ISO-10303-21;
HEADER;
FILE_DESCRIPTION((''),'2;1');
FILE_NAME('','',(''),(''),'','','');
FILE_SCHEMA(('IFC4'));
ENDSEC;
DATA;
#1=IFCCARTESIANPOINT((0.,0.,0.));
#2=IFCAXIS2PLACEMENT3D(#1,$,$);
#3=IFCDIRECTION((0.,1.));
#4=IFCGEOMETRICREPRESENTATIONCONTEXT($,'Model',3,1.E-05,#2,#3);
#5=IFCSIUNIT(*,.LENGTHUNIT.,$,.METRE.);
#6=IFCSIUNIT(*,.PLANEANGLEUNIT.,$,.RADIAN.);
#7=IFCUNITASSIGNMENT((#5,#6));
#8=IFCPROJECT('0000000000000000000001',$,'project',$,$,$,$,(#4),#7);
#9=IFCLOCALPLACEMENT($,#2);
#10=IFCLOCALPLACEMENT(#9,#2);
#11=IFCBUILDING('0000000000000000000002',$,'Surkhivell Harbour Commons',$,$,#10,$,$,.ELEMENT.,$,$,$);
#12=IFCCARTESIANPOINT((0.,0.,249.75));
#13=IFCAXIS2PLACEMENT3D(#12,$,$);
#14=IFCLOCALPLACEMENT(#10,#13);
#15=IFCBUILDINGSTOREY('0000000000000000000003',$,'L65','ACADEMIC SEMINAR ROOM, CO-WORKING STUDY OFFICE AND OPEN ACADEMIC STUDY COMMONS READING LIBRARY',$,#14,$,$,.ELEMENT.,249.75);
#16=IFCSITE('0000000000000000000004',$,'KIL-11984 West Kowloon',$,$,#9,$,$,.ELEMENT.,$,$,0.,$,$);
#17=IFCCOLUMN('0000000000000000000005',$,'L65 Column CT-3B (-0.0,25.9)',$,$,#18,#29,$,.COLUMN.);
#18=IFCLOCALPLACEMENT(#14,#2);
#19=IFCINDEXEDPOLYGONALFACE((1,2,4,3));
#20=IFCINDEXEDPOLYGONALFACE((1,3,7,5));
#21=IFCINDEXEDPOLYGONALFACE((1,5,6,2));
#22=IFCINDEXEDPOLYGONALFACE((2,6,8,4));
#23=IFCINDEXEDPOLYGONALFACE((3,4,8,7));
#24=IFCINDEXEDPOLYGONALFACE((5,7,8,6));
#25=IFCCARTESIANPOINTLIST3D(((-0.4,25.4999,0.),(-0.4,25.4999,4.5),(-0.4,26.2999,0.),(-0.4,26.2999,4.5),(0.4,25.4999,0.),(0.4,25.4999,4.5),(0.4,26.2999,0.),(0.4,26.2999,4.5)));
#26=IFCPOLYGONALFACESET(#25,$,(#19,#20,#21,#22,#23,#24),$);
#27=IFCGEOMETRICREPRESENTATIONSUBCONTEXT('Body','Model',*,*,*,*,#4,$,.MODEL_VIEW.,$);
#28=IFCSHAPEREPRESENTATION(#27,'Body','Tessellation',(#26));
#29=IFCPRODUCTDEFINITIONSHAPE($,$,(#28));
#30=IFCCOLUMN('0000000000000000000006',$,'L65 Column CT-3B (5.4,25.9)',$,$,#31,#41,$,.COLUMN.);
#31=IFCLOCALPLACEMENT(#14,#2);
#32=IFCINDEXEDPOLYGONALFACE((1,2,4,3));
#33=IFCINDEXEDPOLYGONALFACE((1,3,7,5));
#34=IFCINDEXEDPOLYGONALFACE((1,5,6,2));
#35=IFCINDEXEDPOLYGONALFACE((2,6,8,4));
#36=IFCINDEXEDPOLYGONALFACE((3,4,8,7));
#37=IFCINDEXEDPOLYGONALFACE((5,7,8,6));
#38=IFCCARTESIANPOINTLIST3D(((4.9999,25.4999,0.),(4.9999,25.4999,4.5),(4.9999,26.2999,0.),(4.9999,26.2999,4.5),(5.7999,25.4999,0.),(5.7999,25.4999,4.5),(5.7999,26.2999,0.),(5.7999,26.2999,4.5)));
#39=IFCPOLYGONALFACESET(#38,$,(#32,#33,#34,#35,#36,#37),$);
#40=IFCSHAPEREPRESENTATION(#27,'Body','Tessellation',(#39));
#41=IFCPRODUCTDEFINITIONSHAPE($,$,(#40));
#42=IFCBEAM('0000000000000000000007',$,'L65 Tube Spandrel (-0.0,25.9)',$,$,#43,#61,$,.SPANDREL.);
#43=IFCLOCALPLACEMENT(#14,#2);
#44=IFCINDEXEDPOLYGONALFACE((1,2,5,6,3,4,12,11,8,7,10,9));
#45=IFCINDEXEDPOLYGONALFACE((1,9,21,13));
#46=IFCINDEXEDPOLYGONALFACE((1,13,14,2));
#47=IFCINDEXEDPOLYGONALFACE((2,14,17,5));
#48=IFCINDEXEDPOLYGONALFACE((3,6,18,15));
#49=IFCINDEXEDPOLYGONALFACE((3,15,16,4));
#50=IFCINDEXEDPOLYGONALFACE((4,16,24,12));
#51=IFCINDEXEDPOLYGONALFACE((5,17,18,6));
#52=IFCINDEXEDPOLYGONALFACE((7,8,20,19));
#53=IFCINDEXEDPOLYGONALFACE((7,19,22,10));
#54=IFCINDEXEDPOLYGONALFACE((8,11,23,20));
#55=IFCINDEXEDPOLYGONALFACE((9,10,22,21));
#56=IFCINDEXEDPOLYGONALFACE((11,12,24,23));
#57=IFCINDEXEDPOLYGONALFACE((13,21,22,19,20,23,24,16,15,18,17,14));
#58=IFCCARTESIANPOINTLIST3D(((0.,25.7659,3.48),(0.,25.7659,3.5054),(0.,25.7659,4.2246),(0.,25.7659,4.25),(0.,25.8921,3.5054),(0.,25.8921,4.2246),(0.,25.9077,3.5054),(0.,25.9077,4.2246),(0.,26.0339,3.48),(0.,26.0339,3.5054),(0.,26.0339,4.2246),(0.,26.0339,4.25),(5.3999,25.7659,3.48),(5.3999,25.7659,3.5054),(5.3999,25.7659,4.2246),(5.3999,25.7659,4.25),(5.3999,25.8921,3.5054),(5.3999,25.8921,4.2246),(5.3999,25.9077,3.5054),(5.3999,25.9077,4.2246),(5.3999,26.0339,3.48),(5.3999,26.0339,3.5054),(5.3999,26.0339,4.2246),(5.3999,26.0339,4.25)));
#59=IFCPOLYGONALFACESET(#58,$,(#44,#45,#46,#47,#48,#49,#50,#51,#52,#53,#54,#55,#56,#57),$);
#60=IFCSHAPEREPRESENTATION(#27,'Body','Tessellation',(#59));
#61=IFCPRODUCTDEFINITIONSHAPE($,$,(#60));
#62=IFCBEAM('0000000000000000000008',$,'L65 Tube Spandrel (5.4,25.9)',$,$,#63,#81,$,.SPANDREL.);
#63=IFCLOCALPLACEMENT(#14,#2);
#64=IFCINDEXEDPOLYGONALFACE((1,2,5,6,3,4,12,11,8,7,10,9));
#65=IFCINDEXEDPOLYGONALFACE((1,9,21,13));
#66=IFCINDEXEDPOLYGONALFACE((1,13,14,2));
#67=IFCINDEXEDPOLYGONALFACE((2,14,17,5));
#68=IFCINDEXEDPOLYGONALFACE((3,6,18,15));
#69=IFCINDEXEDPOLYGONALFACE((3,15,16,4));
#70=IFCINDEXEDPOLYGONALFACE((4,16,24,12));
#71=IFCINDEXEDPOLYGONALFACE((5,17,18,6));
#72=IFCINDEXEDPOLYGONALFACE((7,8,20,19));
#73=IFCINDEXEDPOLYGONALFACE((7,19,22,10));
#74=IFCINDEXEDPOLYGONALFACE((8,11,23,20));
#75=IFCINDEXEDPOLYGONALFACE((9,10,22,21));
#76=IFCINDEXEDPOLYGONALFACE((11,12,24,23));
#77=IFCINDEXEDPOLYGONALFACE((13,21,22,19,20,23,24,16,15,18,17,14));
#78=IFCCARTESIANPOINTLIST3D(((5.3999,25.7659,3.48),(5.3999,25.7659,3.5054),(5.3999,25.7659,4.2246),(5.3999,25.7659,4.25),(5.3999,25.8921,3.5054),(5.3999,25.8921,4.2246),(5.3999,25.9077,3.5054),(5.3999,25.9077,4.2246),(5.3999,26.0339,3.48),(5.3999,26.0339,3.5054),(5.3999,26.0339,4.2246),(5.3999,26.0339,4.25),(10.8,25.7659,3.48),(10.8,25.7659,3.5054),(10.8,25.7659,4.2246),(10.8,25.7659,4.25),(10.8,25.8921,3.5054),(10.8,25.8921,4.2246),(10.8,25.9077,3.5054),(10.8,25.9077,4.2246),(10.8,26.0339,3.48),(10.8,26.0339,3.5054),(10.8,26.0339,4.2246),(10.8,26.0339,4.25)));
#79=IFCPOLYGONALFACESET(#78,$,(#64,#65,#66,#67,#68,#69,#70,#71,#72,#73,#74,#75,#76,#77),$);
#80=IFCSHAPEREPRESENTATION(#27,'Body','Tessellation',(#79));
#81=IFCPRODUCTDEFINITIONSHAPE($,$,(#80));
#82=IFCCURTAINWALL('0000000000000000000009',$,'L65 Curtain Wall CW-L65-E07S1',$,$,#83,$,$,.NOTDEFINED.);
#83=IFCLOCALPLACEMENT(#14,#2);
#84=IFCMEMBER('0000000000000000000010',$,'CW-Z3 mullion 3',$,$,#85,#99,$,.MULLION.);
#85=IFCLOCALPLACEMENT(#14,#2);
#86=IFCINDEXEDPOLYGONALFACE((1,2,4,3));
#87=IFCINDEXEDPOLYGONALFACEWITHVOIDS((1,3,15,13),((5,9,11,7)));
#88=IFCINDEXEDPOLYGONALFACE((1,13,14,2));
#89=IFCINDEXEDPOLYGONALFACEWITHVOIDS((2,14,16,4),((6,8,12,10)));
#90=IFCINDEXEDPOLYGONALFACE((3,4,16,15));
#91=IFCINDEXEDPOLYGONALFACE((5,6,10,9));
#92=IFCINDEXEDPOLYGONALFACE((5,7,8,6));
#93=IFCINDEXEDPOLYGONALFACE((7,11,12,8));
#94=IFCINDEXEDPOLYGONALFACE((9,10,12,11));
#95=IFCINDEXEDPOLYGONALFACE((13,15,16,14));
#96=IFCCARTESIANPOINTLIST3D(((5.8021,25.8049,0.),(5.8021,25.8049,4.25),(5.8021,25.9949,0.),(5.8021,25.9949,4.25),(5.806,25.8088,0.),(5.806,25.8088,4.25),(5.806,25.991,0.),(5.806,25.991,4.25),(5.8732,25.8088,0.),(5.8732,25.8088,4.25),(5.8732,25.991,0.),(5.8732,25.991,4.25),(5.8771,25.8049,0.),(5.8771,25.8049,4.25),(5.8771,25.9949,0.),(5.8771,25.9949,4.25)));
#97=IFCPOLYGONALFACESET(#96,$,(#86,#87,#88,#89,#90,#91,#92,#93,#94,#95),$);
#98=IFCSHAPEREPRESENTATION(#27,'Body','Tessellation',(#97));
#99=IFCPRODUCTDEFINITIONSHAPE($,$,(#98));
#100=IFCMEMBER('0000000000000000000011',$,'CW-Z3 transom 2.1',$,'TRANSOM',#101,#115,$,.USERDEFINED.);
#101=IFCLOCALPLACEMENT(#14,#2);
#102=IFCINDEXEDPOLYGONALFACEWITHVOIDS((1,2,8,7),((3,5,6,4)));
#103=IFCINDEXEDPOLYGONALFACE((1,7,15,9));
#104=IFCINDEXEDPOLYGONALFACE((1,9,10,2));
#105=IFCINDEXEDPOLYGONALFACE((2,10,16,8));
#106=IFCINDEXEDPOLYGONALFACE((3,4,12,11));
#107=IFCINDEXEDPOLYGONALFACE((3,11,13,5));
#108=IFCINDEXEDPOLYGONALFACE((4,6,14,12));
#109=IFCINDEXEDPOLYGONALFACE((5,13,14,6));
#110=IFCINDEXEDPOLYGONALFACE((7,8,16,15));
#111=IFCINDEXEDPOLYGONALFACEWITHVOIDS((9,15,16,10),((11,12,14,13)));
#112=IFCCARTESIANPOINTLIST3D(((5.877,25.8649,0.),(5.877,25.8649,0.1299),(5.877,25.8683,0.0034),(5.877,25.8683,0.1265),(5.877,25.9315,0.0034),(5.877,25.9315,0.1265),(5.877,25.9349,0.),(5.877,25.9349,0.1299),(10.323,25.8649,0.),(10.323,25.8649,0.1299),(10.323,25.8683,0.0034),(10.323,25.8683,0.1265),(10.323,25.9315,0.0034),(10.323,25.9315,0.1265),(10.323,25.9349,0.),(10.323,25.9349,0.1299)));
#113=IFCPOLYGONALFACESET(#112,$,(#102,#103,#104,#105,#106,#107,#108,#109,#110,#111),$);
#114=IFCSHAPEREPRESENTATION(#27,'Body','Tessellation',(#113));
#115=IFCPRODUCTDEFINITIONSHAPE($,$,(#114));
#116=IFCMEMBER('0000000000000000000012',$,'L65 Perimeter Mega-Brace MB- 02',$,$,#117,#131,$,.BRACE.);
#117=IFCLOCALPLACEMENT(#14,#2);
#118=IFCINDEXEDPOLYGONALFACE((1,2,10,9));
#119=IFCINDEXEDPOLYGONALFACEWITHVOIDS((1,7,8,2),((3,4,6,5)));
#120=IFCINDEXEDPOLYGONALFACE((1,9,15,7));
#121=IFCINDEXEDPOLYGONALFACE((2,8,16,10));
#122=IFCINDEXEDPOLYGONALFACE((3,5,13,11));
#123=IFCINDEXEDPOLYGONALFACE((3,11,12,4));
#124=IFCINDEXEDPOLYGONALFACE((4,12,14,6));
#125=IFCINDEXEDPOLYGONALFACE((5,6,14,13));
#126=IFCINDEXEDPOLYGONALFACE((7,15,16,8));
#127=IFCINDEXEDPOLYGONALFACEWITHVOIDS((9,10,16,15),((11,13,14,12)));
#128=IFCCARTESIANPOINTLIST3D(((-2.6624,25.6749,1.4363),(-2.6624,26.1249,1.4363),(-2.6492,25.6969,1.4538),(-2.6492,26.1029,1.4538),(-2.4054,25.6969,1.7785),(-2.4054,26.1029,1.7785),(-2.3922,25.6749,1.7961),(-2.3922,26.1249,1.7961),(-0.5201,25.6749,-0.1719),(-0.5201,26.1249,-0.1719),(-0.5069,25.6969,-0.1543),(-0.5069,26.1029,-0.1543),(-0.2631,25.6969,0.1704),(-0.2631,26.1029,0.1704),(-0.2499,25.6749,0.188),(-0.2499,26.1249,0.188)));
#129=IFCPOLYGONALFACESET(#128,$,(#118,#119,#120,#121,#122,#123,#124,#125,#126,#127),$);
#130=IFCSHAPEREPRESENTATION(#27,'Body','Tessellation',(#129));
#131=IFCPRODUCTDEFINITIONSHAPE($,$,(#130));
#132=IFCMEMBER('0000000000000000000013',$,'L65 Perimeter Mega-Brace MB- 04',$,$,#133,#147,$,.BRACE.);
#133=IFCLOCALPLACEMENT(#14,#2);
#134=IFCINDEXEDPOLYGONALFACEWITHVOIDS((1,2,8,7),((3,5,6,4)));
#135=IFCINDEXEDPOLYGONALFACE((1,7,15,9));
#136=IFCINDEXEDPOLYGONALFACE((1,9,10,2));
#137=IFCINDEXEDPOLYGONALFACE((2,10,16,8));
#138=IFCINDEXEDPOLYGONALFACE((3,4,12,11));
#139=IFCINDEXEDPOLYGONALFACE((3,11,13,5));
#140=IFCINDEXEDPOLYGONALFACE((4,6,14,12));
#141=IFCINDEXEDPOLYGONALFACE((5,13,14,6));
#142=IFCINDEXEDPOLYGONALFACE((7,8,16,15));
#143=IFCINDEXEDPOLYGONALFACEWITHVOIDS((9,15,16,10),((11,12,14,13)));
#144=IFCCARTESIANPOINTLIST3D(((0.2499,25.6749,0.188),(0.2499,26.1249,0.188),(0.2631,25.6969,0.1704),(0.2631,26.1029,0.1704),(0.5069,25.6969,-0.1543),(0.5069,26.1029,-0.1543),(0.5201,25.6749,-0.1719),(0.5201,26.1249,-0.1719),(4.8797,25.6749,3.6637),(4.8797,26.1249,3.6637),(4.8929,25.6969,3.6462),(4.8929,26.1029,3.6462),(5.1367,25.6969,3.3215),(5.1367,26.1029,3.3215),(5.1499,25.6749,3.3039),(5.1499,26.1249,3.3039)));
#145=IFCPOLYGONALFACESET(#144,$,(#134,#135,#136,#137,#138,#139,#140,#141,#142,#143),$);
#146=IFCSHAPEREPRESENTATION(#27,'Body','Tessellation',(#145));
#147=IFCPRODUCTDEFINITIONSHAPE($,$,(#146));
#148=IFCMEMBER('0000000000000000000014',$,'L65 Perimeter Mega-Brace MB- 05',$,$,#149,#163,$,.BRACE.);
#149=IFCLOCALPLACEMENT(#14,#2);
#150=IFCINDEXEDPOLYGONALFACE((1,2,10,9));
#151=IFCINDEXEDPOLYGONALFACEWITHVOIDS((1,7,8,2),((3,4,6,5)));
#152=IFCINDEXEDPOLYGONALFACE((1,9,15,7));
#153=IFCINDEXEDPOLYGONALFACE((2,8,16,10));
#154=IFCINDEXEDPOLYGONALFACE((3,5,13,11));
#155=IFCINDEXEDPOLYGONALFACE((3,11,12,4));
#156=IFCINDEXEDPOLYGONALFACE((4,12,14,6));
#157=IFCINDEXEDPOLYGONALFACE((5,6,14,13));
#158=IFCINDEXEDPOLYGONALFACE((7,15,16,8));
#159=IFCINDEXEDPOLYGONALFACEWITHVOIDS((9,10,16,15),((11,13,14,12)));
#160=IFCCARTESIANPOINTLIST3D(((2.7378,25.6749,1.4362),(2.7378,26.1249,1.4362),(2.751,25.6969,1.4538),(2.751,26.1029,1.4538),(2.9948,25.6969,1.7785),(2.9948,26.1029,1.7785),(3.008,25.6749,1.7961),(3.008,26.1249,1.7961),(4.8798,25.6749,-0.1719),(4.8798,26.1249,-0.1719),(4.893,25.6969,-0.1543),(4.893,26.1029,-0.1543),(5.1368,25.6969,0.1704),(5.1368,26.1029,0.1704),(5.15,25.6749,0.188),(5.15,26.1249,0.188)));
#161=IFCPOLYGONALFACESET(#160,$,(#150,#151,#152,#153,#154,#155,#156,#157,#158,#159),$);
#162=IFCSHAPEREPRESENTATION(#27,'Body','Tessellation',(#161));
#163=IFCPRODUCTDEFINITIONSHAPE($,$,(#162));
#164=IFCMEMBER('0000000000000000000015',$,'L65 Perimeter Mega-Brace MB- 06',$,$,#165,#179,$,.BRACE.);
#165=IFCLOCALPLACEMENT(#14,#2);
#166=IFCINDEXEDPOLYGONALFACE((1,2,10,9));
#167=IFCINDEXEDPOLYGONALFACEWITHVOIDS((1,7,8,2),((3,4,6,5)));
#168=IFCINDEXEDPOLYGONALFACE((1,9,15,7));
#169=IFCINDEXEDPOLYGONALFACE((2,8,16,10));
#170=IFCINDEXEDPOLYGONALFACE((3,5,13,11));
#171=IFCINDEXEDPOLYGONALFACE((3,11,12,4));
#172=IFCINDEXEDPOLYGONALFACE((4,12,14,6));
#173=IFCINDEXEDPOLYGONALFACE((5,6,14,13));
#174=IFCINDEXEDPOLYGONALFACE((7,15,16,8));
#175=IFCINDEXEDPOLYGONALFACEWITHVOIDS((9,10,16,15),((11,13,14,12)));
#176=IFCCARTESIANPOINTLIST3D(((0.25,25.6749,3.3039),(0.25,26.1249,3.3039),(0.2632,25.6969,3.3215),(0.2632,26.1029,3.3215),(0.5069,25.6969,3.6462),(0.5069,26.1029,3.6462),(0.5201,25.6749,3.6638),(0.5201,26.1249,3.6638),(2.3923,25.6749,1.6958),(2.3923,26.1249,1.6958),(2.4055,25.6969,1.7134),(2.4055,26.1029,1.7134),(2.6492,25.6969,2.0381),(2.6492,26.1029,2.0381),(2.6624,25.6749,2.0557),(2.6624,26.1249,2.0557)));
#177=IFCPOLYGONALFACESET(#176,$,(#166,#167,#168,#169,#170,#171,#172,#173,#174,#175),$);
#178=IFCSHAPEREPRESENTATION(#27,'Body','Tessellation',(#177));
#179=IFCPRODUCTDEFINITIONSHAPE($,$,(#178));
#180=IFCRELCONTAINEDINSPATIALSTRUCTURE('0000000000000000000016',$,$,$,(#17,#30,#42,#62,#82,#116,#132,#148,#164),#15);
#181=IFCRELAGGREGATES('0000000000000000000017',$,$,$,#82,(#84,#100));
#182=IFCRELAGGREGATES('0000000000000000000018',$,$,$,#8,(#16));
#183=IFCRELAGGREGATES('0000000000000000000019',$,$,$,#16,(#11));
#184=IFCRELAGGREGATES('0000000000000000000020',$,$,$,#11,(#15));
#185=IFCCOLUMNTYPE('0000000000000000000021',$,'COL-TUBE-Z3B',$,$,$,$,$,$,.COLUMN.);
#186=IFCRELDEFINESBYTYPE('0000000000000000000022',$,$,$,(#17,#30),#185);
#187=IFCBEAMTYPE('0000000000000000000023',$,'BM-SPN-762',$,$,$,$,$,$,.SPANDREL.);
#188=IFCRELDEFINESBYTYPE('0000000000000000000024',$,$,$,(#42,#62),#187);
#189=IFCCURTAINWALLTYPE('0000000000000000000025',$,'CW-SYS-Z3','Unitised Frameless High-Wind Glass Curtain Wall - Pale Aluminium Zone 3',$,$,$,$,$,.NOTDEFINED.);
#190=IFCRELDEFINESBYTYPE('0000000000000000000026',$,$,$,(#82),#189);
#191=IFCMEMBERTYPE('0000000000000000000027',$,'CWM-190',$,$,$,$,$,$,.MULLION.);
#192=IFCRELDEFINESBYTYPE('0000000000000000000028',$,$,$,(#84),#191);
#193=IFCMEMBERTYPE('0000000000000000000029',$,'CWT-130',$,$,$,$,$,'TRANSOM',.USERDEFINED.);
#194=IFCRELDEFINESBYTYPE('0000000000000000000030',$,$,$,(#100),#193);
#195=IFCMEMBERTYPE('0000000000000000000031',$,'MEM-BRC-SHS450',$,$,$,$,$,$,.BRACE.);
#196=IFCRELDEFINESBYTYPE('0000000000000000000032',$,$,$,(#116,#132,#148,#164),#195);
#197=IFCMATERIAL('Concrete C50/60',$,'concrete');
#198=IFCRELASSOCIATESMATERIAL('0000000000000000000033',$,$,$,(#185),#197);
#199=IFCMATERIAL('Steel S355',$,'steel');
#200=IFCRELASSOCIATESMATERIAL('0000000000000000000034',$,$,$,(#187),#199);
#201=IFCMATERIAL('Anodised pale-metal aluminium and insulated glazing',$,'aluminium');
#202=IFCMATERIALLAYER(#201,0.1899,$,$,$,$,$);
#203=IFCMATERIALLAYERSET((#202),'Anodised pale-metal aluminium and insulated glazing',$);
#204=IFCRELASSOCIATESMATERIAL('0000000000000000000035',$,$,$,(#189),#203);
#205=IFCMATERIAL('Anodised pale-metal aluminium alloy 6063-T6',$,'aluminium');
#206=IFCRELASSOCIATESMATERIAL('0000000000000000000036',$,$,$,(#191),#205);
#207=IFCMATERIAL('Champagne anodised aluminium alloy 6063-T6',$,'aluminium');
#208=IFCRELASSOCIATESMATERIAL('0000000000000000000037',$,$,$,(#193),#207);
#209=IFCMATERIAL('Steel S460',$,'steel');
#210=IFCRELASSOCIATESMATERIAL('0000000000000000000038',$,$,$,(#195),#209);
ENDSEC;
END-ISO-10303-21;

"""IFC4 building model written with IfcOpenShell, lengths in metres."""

from ifc_helpers import new_model, si_unit, direction, frame, origin, origin_2d, place, context, subcontext, project, spatial, rectangle, hollow_rectangle, i_section, extrude, material, layer, layer_set, material_profile, profile_set, type_object, element, aggregate, save


model = new_model("IFC4")

# Units and contexts
model_context = context("Model", 3, precision=1e-05, world=origin(), true_north=direction((0.0, 1.0)))
body_context = subcontext(model_context, "Body", "Model", "MODEL_VIEW")
ifc_project = project(units=[si_unit("LENGTHUNIT", "METRE"), si_unit("PLANEANGLEUNIT", "RADIAN")], contexts=[model_context])

# Site, building, storey
site_placement = place(None, origin())
site = spatial("IfcSite", under=ifc_project, at=site_placement, Name="KIL-11984 West Kowloon", CompositionType="ELEMENT", RefElevation=0.0)
building_placement = place(site_placement, origin())
building = spatial("IfcBuilding", under=site, at=building_placement, Name="Surkhivell Harbour Commons", CompositionType="ELEMENT")
storey_placement = place(building_placement, frame((0.0, 0.0, 249.75)))
storey = spatial("IfcBuildingStorey", under=building, at=storey_placement, Name="L65", Description="ACADEMIC SEMINAR ROOM, CO-WORKING STUDY OFFICE AND OPEN ACADEMIC STUDY COMMONS READING LIBRARY", CompositionType="ELEMENT", Elevation=249.75)

# Columns
ifc_material_1 = material(Name="Concrete C50/60", Category="concrete")
ifc_material_profile_1 = material_profile(ifc_material_1, rectangle(XDim=0.8, YDim=0.8, at=origin_2d()), Name="RC-COL-800x800")
ifc_profile_set_1 = profile_set([ifc_material_profile_1], Name="Concrete C50/60")
column_type = type_object("IfcColumnType", Name="COL-TUBE-Z3B", PredefinedType="COLUMN", material=ifc_profile_set_1)
for number, where, z_axis, x_axis, name in (
    (1, (0.0, 25.8999, 0.0), (0.0, 0.0, 1.0), (1.0, 0.0, 0.0), "L65 Column CT-3B (-0.0,25.9)"),
    (2, (5.3999, 25.8999, 0.0), (0.0, 0.0, 1.0), (1.0, 0.0, 0.0), "L65 Column CT-3B (5.4,25.9)"),
):
    element("IfcColumn", number, at=place(storey_placement, frame(where, z_axis=z_axis, x_axis=x_axis)), inside=storey, type_object=column_type, Name=name, PredefinedType="COLUMN", context=body_context, shape_type="SweptSolid", body=[
        extrude(rectangle(XDim=0.8, YDim=0.8, at=origin_2d()), origin(), (0.0, 0.0, 1.0), 4.5),
    ])

# Beams
ifc_material_2 = material(Name="Steel S355", Category="steel")
ifc_material_profile_2 = material_profile(ifc_material_2, i_section(OverallWidth=0.2681, OverallDepth=0.77, WebThickness=0.0156, FlangeThickness=0.0254, at=origin_2d()), Name="UB762x267x197")
ifc_profile_set_2 = profile_set([ifc_material_profile_2], Name="Steel S355")
beam_type = type_object("IfcBeamType", Name="BM-SPN-762", PredefinedType="SPANDREL", material=ifc_profile_set_2)
beam_1_placement = place(storey_placement, frame((0.0, 25.8999, 3.865), z_axis=(1.0, 0.0, 0.0), x_axis=(0.0, 1.0, 0.0)))
element("IfcBeam", 3, at=beam_1_placement, inside=storey, type_object=beam_type, Name="L65 Tube Spandrel (-0.0,25.9)", PredefinedType="SPANDREL", context=body_context, shape_type="SweptSolid", body=[
    extrude(i_section(OverallWidth=0.2681, OverallDepth=0.77, WebThickness=0.0156, FlangeThickness=0.0254, at=origin_2d()), origin(), (0.0, 0.0, 1.0), 5.3999),
])
beam_2_placement = place(storey_placement, frame((5.3999, 25.8999, 3.865), z_axis=(1.0, 0.0, 0.0), x_axis=(0.0, 1.0, 0.0)))
element("IfcBeam", 4, at=beam_2_placement, inside=storey, type_object=beam_type, Name="L65 Tube Spandrel (5.4,25.9)", PredefinedType="SPANDREL", context=body_context, shape_type="SweptSolid", body=[
    extrude(i_section(OverallWidth=0.2681, OverallDepth=0.77, WebThickness=0.0156, FlangeThickness=0.0254, at=origin_2d()), origin(), (0.0, 0.0, 1.0), 5.4001),
])

# Curtain wall, members
ifc_material_3 = material(Name="Anodised pale-metal aluminium and insulated glazing", Category="aluminium")
ifc_layer_1 = layer(ifc_material_3, 0.1899)
ifc_layer_set_1 = layer_set([ifc_layer_1], Name="Anodised pale-metal aluminium and insulated glazing")
curtain_wall_type = type_object("IfcCurtainWallType", Name="CW-SYS-Z3", Description="Unitised Frameless High-Wind Glass Curtain Wall - Pale Aluminium Zone 3", PredefinedType="NOTDEFINED", material=ifc_layer_set_1)
curtain_wall_placement = place(storey_placement, origin())
curtain_wall = element("IfcCurtainWall", 5, at=curtain_wall_placement, inside=storey, type_object=curtain_wall_type, Name="L65 Curtain Wall CW-L65-E07S1", PredefinedType="NOTDEFINED")
ifc_material_4 = material(Name="Anodised pale-metal aluminium alloy 6063-T6", Category="aluminium")
ifc_material_profile_3 = material_profile(ifc_material_4, hollow_rectangle(XDim=0.075, YDim=0.1899, WallThickness=0.0039, at=origin_2d()), Name="ALU-MULL-75x190")
ifc_profile_set_3 = profile_set([ifc_material_profile_3], Name="Anodised pale-metal aluminium alloy 6063-T6")
member_type_1 = type_object("IfcMemberType", Name="CWM-190", PredefinedType="MULLION", material=ifc_profile_set_3)
member_1_placement = place(storey_placement, frame((5.8396, 25.8999, 0.0), z_axis=(0.0, 0.0, 1.0), x_axis=(-1.0, 0.0, 0.0)))
member_1 = element("IfcMember", 6, at=member_1_placement, type_object=member_type_1, Name="CW-Z3 mullion 3", PredefinedType="MULLION", context=body_context, shape_type="SweptSolid", body=[
    extrude(hollow_rectangle(XDim=0.075, YDim=0.1899, WallThickness=0.0039, at=origin_2d()), origin(), (0.0, 0.0, 1.0), 4.25),
])
ifc_material_5 = material(Name="Champagne anodised aluminium alloy 6063-T6", Category="aluminium")
ifc_material_profile_4 = material_profile(ifc_material_5, hollow_rectangle(XDim=0.0701, YDim=0.1299, WallThickness=0.0034, at=origin_2d()), Name="ALU-TRAN-70x130")
ifc_profile_set_4 = profile_set([ifc_material_profile_4], Name="Champagne anodised aluminium alloy 6063-T6")
member_type_2 = type_object("IfcMemberType", Name="CWT-130", ElementType="TRANSOM", PredefinedType="USERDEFINED", material=ifc_profile_set_4)
member_2_placement = place(storey_placement, frame((10.323, 25.8999, 0.0649), z_axis=(-1.0, 0.0, 0.0), x_axis=(0.0, -1.0, 0.0)))
member_2 = element("IfcMember", 7, at=member_2_placement, type_object=member_type_2, Name="CW-Z3 transom 2.1", ObjectType="TRANSOM", PredefinedType="USERDEFINED", context=body_context, shape_type="SweptSolid", body=[
    extrude(hollow_rectangle(XDim=0.0701, YDim=0.1299, WallThickness=0.0034, at=origin_2d()), origin(), (0.0, 0.0, 1.0), 4.446),
])
aggregate(curtain_wall, [member_1, member_2])

# Members
ifc_material_6 = material(Name="Steel S460", Category="steel")
ifc_material_profile_5 = material_profile(ifc_material_6, hollow_rectangle(XDim=0.45, YDim=0.45, WallThickness=0.022, at=origin_2d()), Name="SHS450x450x22")
ifc_profile_set_5 = profile_set([ifc_material_profile_5], Name="Steel S460")
member_type_3 = type_object("IfcMemberType", Name="MEM-BRC-SHS450", PredefinedType="BRACE", material=ifc_profile_set_5)
member_3_placement = place(storey_placement, frame((-0.385, 25.8999, 0.0081), z_axis=(-0.799748, 0.0, 0.600335), x_axis=(0.0, -1.0, 0.0)))
element("IfcMember", 8, at=member_3_placement, inside=storey, type_object=member_type_3, Name="L65 Perimeter Mega-Brace MB- 02", PredefinedType="BRACE", context=body_context, shape_type="SweptSolid", body=[
    extrude(hollow_rectangle(XDim=0.45, YDim=0.45, WallThickness=0.022, at=origin_2d()), origin(), (0.0, 0.0, 1.0), 2.6787),
])
member_4_placement = place(storey_placement, frame((0.385, 25.8999, 0.0081), z_axis=(0.799717, 0.0, 0.600378), x_axis=(0.0, 1.0, 0.0)))
element("IfcMember", 9, at=member_4_placement, inside=storey, type_object=member_type_3, Name="L65 Perimeter Mega-Brace MB- 04", PredefinedType="BRACE", context=body_context, shape_type="SweptSolid", body=[
    extrude(hollow_rectangle(XDim=0.45, YDim=0.45, WallThickness=0.022, at=origin_2d()), origin(), (0.0, 0.0, 1.0), 5.7893),
])
member_5_placement = place(storey_placement, frame((5.0149, 25.8999, 0.0081), z_axis=(-0.799716, 0.0, 0.600379), x_axis=(0.0, -1.0, 0.0)))
element("IfcMember", 10, at=member_5_placement, inside=storey, type_object=member_type_3, Name="L65 Perimeter Mega-Brace MB- 05", PredefinedType="BRACE", context=body_context, shape_type="SweptSolid", body=[
    extrude(hollow_rectangle(XDim=0.45, YDim=0.45, WallThickness=0.022, at=origin_2d()), origin(), (0.0, 0.0, 1.0), 2.6785),
])
member_6_placement = place(storey_placement, frame((2.5273, 25.8999, 1.8757), z_axis=(-0.799748, 0.0, 0.600335), x_axis=(0.0, -1.0, 0.0)))
element("IfcMember", 11, at=member_6_placement, inside=storey, type_object=member_type_3, Name="L65 Perimeter Mega-Brace MB- 06", PredefinedType="BRACE", context=body_context, shape_type="SweptSolid", body=[
    extrude(hollow_rectangle(XDim=0.45, YDim=0.45, WallThickness=0.022, at=origin_2d()), origin(), (0.0, 0.0, 1.0), 2.6787),
])

save(model, "model.ifc")
